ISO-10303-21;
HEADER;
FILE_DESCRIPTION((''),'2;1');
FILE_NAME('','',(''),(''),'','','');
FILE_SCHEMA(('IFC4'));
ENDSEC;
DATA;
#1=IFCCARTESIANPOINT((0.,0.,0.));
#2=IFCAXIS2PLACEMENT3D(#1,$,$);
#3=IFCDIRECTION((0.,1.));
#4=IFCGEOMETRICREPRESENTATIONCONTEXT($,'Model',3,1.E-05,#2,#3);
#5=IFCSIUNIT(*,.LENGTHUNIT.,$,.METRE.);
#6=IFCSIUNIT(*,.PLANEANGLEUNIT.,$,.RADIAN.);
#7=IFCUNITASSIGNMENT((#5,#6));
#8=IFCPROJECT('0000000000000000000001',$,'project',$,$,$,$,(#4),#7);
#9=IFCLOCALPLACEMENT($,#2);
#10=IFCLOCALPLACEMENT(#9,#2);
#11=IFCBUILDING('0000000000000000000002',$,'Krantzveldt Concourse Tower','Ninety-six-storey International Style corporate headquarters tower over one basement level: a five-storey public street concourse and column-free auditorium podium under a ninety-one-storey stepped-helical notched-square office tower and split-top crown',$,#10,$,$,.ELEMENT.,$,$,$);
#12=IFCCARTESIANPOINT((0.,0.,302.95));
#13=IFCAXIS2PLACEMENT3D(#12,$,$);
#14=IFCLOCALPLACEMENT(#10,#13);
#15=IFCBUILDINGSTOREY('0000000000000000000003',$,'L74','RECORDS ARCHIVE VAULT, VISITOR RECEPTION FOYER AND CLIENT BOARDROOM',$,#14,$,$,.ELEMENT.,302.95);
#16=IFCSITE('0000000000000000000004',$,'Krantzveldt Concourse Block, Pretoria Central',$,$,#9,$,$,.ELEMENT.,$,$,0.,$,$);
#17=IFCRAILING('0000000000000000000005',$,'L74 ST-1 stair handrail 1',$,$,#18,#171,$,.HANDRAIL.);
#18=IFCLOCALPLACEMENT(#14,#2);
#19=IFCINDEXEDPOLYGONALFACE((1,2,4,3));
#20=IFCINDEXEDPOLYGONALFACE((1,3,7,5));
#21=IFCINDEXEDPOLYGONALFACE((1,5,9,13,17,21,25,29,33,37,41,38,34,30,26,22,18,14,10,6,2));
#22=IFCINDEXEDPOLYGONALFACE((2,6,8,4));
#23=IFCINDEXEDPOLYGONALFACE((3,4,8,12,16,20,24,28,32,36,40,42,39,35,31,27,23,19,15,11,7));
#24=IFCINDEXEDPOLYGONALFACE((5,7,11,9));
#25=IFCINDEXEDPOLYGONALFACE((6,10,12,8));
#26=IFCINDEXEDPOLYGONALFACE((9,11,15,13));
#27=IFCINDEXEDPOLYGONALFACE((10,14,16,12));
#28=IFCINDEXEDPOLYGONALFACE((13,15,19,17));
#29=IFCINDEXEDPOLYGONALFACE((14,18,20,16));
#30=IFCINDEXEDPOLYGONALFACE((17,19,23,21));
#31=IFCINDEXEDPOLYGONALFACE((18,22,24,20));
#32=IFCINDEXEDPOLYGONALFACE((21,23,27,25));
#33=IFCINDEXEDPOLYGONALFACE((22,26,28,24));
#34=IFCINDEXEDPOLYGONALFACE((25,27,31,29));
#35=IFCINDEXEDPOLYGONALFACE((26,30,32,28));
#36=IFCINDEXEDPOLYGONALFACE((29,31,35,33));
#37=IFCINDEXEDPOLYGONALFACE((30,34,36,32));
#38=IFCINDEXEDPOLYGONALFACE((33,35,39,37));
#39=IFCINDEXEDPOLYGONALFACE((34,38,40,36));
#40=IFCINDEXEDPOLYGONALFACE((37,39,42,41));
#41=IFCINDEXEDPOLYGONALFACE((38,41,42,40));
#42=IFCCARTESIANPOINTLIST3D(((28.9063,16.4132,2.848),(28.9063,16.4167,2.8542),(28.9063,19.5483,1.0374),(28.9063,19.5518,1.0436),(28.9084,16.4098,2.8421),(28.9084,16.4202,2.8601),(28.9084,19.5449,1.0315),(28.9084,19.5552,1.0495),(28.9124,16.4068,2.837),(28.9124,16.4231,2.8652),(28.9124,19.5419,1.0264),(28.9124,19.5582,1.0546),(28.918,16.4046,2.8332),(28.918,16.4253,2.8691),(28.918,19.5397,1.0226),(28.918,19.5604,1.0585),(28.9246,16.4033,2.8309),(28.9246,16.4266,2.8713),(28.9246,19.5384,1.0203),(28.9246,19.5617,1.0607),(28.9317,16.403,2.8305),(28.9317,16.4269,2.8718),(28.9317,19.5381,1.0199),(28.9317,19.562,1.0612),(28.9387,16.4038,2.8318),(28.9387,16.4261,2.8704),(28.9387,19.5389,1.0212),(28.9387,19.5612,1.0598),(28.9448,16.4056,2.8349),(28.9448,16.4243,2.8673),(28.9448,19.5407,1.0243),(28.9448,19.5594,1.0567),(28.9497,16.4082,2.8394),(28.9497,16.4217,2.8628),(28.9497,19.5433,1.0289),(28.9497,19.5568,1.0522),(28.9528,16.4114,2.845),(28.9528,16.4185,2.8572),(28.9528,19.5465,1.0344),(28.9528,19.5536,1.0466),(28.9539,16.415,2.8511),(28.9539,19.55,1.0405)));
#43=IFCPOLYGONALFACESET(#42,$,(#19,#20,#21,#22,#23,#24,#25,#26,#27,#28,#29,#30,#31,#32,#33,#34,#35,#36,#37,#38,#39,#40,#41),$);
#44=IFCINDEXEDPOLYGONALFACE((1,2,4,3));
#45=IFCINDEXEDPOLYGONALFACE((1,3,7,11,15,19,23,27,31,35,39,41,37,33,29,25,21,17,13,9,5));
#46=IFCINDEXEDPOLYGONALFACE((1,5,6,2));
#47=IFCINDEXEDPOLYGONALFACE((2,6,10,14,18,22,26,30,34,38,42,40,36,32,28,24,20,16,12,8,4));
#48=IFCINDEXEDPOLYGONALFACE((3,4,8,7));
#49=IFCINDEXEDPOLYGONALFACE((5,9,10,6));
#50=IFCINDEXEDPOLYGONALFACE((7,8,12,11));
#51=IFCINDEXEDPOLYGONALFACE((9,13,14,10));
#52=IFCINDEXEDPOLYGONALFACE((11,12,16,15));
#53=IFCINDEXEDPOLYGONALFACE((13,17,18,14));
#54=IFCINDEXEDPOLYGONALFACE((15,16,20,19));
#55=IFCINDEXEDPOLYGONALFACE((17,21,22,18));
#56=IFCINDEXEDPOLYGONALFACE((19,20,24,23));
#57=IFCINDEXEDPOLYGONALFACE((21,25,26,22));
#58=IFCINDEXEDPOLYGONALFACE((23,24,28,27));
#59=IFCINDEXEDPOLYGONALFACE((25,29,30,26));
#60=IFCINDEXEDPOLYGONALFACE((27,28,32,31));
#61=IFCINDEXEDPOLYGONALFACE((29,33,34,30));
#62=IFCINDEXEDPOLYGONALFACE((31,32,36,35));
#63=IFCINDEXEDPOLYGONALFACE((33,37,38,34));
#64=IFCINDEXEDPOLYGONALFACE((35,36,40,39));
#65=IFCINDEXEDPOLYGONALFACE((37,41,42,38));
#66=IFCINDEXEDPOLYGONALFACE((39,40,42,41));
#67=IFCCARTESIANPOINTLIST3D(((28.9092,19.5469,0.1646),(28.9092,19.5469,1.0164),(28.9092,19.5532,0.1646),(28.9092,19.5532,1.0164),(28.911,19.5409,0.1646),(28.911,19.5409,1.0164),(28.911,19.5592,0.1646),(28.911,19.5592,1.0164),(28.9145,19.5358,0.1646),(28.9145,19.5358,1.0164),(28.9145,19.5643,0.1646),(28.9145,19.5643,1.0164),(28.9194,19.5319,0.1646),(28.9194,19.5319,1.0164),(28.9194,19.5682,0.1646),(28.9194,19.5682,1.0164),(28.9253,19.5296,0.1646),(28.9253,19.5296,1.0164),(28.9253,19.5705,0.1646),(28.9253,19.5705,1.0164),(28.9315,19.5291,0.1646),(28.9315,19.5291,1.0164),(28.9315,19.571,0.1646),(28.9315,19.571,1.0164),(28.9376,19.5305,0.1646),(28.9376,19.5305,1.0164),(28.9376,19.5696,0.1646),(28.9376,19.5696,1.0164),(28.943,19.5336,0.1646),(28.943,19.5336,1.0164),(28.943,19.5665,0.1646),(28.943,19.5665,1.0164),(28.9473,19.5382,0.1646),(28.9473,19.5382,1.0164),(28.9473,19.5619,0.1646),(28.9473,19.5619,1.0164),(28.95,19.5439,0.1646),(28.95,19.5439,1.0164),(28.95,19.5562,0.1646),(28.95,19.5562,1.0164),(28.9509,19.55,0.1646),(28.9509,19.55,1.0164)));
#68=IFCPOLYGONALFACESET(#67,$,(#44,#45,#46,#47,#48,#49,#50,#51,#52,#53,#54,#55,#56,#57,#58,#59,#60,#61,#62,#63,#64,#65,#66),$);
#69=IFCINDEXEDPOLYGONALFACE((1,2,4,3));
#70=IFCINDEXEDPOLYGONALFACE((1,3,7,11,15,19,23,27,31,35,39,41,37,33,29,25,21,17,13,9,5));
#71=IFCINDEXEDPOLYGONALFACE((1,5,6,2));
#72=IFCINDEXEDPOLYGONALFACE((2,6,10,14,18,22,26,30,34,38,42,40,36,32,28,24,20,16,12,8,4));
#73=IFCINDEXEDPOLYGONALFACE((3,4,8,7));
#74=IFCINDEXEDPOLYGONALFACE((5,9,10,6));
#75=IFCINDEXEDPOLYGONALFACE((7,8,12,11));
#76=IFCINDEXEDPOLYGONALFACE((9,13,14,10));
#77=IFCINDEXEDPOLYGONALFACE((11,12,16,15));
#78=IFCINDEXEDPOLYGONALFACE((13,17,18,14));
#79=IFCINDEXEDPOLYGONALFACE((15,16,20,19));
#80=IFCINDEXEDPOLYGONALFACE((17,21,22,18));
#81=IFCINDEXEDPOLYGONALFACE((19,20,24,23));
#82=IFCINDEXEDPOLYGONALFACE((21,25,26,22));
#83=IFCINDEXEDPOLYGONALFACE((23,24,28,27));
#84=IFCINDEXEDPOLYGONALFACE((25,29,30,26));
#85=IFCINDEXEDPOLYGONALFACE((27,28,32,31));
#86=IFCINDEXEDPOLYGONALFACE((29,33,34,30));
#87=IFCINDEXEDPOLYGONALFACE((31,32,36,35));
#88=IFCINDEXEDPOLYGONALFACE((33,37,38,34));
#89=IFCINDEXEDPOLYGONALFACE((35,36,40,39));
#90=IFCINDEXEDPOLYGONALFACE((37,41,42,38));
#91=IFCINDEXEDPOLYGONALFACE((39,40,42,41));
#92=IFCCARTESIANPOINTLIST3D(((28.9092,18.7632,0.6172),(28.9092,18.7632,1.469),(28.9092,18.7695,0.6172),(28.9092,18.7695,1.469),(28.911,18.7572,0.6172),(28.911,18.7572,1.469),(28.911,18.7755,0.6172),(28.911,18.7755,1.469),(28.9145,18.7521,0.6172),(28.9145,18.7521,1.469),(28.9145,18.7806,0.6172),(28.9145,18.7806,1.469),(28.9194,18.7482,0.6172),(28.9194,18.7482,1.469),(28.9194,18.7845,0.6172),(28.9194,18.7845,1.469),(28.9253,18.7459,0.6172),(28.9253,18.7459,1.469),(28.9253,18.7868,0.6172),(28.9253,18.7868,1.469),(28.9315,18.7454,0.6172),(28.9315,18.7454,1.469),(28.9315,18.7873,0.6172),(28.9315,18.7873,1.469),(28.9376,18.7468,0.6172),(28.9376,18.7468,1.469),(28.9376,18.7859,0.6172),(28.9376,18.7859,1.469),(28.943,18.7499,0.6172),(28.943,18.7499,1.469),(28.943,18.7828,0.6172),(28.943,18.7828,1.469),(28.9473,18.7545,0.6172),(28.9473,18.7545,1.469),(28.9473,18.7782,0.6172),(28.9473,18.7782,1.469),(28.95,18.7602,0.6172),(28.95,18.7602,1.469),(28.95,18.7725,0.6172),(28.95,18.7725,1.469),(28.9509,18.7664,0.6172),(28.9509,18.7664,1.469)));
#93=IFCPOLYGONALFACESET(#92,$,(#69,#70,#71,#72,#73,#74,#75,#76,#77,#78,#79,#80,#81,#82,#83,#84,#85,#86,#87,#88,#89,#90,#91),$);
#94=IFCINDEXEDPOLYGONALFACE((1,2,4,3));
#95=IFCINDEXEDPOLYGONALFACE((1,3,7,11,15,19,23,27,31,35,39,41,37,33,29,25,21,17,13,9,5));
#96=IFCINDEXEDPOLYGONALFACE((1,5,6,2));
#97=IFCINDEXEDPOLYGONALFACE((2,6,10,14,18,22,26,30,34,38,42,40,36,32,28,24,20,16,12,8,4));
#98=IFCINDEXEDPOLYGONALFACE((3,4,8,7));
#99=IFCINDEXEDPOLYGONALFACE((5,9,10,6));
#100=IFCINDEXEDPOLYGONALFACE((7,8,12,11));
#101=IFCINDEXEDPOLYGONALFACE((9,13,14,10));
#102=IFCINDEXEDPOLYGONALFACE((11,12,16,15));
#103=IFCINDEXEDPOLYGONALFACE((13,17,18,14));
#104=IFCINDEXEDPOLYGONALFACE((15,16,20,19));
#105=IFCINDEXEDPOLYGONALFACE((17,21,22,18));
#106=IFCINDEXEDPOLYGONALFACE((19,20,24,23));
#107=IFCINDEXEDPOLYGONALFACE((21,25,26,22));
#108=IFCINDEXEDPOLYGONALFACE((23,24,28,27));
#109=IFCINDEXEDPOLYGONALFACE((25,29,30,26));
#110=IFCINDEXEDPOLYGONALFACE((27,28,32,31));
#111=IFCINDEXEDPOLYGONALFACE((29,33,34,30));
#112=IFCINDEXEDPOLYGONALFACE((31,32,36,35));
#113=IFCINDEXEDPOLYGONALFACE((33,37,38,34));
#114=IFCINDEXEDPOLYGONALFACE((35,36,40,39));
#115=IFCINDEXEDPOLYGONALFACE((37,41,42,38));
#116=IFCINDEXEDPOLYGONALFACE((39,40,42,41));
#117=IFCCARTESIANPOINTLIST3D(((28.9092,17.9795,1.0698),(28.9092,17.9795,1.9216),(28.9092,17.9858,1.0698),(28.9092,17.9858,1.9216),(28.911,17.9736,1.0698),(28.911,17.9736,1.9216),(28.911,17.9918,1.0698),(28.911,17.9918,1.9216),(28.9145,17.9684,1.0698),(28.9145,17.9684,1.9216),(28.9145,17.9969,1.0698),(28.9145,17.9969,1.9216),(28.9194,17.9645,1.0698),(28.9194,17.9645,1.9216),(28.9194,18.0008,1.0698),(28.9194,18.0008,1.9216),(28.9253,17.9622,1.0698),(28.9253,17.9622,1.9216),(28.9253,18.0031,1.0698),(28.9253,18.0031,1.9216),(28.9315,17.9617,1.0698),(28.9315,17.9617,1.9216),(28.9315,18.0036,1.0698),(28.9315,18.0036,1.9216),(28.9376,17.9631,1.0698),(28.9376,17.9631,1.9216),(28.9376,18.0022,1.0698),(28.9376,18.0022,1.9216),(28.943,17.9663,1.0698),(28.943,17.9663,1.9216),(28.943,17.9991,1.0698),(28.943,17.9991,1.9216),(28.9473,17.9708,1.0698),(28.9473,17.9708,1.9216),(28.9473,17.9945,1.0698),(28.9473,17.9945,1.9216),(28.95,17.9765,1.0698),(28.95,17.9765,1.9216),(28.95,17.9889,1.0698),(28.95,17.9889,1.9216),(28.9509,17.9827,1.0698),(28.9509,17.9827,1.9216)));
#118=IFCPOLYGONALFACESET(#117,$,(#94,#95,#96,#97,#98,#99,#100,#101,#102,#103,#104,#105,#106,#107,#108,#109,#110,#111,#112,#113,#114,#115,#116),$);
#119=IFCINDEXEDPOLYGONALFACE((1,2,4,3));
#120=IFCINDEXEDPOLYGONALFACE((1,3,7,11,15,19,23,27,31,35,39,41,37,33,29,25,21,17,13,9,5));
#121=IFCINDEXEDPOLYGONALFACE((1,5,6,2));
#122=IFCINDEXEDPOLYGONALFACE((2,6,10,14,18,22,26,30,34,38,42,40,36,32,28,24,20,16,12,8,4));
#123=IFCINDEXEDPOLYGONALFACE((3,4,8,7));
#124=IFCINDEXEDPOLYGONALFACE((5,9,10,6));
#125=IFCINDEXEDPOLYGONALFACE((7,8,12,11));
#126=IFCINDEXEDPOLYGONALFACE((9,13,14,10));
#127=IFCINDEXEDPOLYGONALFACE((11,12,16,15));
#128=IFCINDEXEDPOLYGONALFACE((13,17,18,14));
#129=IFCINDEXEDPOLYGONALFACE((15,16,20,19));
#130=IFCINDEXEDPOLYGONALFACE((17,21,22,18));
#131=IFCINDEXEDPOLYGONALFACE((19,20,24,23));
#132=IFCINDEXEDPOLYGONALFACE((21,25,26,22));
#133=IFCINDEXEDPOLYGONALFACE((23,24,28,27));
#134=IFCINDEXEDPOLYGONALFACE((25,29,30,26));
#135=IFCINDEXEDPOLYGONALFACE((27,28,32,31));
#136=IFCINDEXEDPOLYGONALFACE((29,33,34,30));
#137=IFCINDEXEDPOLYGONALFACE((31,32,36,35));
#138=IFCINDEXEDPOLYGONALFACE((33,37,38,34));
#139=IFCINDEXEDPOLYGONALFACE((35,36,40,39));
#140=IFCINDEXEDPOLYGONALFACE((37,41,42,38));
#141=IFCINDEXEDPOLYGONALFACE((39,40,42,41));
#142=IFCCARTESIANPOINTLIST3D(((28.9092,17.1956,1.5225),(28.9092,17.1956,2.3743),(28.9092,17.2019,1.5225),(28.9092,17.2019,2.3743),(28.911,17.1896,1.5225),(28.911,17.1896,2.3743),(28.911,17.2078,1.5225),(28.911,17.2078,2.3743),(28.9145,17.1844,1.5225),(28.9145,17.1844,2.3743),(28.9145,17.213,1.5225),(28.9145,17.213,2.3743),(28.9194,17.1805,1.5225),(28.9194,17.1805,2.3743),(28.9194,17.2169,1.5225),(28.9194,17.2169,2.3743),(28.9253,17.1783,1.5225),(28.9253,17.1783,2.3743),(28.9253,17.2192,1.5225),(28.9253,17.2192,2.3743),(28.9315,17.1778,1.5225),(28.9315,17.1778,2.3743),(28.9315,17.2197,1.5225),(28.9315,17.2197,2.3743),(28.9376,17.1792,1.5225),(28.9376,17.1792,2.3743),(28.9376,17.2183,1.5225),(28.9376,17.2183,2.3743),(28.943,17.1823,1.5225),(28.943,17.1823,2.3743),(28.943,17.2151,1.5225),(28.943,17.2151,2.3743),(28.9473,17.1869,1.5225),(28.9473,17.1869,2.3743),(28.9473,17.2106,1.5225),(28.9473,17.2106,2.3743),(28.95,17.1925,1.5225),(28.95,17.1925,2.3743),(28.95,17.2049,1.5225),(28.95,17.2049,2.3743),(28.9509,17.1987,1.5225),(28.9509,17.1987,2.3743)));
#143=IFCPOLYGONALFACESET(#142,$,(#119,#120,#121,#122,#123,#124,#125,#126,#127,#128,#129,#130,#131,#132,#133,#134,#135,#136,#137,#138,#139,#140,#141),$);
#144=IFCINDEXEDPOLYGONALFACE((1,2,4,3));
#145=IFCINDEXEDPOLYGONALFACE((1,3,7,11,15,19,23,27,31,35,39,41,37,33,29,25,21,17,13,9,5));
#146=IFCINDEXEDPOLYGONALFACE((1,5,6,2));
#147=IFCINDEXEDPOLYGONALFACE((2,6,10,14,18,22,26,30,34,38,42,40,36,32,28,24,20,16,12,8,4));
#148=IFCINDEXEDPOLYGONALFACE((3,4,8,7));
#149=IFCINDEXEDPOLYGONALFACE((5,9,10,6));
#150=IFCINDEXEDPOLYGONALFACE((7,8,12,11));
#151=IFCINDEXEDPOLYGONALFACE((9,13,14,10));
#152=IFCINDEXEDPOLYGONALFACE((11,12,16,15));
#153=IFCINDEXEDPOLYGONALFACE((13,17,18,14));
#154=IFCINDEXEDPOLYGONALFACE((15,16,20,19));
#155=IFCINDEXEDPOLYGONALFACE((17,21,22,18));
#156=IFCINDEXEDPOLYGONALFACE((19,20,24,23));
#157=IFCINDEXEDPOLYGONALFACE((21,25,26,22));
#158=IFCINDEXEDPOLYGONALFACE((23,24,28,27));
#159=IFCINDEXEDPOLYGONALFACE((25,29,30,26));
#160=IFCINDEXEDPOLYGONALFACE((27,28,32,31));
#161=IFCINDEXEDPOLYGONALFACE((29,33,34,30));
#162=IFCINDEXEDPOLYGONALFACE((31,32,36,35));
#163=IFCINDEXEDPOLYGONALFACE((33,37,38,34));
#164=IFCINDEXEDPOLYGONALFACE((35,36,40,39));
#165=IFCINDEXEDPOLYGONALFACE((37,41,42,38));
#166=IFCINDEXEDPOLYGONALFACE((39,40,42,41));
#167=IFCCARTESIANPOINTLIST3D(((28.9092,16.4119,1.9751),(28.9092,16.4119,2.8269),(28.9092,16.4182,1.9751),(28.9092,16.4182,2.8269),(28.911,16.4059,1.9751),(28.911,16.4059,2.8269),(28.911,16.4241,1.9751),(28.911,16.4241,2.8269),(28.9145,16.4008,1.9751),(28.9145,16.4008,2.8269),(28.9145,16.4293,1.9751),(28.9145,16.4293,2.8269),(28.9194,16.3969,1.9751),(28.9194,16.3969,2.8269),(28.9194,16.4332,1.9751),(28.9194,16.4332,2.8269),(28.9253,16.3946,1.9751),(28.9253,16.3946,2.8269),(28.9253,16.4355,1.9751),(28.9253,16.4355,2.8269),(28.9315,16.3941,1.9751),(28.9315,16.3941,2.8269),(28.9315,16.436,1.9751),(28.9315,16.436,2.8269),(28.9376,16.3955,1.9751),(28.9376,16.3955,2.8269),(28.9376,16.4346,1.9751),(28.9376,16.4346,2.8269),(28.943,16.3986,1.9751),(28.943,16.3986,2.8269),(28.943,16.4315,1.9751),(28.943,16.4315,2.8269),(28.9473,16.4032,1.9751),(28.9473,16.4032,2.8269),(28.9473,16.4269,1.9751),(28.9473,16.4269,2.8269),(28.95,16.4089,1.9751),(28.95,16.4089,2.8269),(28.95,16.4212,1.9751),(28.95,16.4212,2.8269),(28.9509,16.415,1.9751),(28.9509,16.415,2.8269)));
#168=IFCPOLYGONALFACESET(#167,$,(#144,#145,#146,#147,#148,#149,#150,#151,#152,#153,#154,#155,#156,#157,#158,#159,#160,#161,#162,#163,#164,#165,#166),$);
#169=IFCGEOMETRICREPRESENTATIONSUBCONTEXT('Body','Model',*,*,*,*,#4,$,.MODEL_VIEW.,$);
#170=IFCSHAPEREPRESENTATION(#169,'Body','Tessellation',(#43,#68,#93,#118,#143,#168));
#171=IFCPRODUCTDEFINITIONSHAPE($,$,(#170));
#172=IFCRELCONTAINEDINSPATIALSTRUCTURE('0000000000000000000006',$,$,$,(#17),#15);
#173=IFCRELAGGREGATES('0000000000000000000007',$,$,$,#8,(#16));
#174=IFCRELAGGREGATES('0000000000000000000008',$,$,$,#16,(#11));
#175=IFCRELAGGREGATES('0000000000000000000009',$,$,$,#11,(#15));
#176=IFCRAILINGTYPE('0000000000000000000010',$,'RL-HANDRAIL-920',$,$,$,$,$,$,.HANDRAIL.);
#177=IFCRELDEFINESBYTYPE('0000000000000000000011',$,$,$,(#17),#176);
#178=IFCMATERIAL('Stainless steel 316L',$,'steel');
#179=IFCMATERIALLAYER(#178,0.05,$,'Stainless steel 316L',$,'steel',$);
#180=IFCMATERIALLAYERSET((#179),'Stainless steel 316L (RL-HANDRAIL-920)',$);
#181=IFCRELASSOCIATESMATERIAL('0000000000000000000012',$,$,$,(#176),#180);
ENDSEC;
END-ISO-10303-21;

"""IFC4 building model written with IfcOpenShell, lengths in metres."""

from ifc_helpers import new_model, si_unit, direction, frame, origin, origin_2d, place, context, subcontext, project, spatial, circle, extrude, material, layer, layer_set, type_object, element, save


model = new_model("IFC4")

# Units and contexts
model_context = context("Model", 3, precision=1e-05, world=origin(), true_north=direction((0.0, 1.0)))
body_context = subcontext(model_context, "Body", "Model", "MODEL_VIEW")
ifc_project = project(units=[si_unit("LENGTHUNIT", "METRE"), si_unit("PLANEANGLEUNIT", "RADIAN")], contexts=[model_context])

# Site, building, storey
site_placement = place(None, origin())
site = spatial("IfcSite", under=ifc_project, at=site_placement, Name="Krantzveldt Concourse Block, Pretoria Central", CompositionType="ELEMENT", RefElevation=0.0)
building_placement = place(site_placement, origin())
building = spatial("IfcBuilding", under=site, at=building_placement, Name="Krantzveldt Concourse Tower", Description="Ninety-six-storey International Style corporate headquarters tower over one basement level: a five-storey public street concourse and column-free auditorium podium under a ninety-one-storey stepped-helical notched-square office tower and split-top crown", CompositionType="ELEMENT")
storey_placement = place(building_placement, frame((0.0, 0.0, 302.95)))
storey = spatial("IfcBuildingStorey", under=building, at=storey_placement, Name="L74", Description="RECORDS ARCHIVE VAULT, VISITOR RECEPTION FOYER AND CLIENT BOARDROOM", CompositionType="ELEMENT", Elevation=302.95)

# Railing
ifc_material_1 = material(Name="Stainless steel 316L", Category="steel")
ifc_layer_1 = layer(ifc_material_1, 0.05, Name="Stainless steel 316L", Category="steel")
ifc_layer_set_1 = layer_set([ifc_layer_1], Name="Stainless steel 316L (RL-HANDRAIL-920)")
railing_type_1 = type_object("IfcRailingType", Name="RL-HANDRAIL-920", PredefinedType="HANDRAIL", material=ifc_layer_set_1)
railing_1_placement = place(storey_placement, frame((28.9299, 19.55, 0.1646)))
element("IfcRailing", 1, at=railing_1_placement, inside=storey, type_object=railing_type_1, Name="L74 ST-1 stair handrail 1", PredefinedType="HANDRAIL", context=body_context, shape_type="SweptSolid", body=[
    extrude(circle(Radius=0.0239, at=origin_2d()), frame((0.0, 0.0, 0.876), z_axis=(0.0, -0.86596, 0.500114), x_axis=(1.0, 0.0, 0.0)), (0.0, 0.0, 1.0), 3.6204),
    extrude(circle(Radius=0.021, at=origin_2d()), origin(), (0.0, 0.0, 1.0), 0.8518),
    extrude(circle(Radius=0.021, at=origin_2d()), frame((0.0, -0.7837, 0.4526)), (0.0, 0.0, 1.0), 0.8518),
    extrude(circle(Radius=0.021, at=origin_2d()), frame((0.0, -1.5674, 0.9053)), (0.0, 0.0, 1.0), 0.8518),
    extrude(circle(Radius=0.021, at=origin_2d()), frame((0.0, -2.3513, 1.3579)), (0.0, 0.0, 1.0), 0.8518),
    extrude(circle(Radius=0.021, at=origin_2d()), frame((0.0, -3.135, 1.8105)), (0.0, 0.0, 1.0), 0.8518),
])

save(model, "model.ifc")
